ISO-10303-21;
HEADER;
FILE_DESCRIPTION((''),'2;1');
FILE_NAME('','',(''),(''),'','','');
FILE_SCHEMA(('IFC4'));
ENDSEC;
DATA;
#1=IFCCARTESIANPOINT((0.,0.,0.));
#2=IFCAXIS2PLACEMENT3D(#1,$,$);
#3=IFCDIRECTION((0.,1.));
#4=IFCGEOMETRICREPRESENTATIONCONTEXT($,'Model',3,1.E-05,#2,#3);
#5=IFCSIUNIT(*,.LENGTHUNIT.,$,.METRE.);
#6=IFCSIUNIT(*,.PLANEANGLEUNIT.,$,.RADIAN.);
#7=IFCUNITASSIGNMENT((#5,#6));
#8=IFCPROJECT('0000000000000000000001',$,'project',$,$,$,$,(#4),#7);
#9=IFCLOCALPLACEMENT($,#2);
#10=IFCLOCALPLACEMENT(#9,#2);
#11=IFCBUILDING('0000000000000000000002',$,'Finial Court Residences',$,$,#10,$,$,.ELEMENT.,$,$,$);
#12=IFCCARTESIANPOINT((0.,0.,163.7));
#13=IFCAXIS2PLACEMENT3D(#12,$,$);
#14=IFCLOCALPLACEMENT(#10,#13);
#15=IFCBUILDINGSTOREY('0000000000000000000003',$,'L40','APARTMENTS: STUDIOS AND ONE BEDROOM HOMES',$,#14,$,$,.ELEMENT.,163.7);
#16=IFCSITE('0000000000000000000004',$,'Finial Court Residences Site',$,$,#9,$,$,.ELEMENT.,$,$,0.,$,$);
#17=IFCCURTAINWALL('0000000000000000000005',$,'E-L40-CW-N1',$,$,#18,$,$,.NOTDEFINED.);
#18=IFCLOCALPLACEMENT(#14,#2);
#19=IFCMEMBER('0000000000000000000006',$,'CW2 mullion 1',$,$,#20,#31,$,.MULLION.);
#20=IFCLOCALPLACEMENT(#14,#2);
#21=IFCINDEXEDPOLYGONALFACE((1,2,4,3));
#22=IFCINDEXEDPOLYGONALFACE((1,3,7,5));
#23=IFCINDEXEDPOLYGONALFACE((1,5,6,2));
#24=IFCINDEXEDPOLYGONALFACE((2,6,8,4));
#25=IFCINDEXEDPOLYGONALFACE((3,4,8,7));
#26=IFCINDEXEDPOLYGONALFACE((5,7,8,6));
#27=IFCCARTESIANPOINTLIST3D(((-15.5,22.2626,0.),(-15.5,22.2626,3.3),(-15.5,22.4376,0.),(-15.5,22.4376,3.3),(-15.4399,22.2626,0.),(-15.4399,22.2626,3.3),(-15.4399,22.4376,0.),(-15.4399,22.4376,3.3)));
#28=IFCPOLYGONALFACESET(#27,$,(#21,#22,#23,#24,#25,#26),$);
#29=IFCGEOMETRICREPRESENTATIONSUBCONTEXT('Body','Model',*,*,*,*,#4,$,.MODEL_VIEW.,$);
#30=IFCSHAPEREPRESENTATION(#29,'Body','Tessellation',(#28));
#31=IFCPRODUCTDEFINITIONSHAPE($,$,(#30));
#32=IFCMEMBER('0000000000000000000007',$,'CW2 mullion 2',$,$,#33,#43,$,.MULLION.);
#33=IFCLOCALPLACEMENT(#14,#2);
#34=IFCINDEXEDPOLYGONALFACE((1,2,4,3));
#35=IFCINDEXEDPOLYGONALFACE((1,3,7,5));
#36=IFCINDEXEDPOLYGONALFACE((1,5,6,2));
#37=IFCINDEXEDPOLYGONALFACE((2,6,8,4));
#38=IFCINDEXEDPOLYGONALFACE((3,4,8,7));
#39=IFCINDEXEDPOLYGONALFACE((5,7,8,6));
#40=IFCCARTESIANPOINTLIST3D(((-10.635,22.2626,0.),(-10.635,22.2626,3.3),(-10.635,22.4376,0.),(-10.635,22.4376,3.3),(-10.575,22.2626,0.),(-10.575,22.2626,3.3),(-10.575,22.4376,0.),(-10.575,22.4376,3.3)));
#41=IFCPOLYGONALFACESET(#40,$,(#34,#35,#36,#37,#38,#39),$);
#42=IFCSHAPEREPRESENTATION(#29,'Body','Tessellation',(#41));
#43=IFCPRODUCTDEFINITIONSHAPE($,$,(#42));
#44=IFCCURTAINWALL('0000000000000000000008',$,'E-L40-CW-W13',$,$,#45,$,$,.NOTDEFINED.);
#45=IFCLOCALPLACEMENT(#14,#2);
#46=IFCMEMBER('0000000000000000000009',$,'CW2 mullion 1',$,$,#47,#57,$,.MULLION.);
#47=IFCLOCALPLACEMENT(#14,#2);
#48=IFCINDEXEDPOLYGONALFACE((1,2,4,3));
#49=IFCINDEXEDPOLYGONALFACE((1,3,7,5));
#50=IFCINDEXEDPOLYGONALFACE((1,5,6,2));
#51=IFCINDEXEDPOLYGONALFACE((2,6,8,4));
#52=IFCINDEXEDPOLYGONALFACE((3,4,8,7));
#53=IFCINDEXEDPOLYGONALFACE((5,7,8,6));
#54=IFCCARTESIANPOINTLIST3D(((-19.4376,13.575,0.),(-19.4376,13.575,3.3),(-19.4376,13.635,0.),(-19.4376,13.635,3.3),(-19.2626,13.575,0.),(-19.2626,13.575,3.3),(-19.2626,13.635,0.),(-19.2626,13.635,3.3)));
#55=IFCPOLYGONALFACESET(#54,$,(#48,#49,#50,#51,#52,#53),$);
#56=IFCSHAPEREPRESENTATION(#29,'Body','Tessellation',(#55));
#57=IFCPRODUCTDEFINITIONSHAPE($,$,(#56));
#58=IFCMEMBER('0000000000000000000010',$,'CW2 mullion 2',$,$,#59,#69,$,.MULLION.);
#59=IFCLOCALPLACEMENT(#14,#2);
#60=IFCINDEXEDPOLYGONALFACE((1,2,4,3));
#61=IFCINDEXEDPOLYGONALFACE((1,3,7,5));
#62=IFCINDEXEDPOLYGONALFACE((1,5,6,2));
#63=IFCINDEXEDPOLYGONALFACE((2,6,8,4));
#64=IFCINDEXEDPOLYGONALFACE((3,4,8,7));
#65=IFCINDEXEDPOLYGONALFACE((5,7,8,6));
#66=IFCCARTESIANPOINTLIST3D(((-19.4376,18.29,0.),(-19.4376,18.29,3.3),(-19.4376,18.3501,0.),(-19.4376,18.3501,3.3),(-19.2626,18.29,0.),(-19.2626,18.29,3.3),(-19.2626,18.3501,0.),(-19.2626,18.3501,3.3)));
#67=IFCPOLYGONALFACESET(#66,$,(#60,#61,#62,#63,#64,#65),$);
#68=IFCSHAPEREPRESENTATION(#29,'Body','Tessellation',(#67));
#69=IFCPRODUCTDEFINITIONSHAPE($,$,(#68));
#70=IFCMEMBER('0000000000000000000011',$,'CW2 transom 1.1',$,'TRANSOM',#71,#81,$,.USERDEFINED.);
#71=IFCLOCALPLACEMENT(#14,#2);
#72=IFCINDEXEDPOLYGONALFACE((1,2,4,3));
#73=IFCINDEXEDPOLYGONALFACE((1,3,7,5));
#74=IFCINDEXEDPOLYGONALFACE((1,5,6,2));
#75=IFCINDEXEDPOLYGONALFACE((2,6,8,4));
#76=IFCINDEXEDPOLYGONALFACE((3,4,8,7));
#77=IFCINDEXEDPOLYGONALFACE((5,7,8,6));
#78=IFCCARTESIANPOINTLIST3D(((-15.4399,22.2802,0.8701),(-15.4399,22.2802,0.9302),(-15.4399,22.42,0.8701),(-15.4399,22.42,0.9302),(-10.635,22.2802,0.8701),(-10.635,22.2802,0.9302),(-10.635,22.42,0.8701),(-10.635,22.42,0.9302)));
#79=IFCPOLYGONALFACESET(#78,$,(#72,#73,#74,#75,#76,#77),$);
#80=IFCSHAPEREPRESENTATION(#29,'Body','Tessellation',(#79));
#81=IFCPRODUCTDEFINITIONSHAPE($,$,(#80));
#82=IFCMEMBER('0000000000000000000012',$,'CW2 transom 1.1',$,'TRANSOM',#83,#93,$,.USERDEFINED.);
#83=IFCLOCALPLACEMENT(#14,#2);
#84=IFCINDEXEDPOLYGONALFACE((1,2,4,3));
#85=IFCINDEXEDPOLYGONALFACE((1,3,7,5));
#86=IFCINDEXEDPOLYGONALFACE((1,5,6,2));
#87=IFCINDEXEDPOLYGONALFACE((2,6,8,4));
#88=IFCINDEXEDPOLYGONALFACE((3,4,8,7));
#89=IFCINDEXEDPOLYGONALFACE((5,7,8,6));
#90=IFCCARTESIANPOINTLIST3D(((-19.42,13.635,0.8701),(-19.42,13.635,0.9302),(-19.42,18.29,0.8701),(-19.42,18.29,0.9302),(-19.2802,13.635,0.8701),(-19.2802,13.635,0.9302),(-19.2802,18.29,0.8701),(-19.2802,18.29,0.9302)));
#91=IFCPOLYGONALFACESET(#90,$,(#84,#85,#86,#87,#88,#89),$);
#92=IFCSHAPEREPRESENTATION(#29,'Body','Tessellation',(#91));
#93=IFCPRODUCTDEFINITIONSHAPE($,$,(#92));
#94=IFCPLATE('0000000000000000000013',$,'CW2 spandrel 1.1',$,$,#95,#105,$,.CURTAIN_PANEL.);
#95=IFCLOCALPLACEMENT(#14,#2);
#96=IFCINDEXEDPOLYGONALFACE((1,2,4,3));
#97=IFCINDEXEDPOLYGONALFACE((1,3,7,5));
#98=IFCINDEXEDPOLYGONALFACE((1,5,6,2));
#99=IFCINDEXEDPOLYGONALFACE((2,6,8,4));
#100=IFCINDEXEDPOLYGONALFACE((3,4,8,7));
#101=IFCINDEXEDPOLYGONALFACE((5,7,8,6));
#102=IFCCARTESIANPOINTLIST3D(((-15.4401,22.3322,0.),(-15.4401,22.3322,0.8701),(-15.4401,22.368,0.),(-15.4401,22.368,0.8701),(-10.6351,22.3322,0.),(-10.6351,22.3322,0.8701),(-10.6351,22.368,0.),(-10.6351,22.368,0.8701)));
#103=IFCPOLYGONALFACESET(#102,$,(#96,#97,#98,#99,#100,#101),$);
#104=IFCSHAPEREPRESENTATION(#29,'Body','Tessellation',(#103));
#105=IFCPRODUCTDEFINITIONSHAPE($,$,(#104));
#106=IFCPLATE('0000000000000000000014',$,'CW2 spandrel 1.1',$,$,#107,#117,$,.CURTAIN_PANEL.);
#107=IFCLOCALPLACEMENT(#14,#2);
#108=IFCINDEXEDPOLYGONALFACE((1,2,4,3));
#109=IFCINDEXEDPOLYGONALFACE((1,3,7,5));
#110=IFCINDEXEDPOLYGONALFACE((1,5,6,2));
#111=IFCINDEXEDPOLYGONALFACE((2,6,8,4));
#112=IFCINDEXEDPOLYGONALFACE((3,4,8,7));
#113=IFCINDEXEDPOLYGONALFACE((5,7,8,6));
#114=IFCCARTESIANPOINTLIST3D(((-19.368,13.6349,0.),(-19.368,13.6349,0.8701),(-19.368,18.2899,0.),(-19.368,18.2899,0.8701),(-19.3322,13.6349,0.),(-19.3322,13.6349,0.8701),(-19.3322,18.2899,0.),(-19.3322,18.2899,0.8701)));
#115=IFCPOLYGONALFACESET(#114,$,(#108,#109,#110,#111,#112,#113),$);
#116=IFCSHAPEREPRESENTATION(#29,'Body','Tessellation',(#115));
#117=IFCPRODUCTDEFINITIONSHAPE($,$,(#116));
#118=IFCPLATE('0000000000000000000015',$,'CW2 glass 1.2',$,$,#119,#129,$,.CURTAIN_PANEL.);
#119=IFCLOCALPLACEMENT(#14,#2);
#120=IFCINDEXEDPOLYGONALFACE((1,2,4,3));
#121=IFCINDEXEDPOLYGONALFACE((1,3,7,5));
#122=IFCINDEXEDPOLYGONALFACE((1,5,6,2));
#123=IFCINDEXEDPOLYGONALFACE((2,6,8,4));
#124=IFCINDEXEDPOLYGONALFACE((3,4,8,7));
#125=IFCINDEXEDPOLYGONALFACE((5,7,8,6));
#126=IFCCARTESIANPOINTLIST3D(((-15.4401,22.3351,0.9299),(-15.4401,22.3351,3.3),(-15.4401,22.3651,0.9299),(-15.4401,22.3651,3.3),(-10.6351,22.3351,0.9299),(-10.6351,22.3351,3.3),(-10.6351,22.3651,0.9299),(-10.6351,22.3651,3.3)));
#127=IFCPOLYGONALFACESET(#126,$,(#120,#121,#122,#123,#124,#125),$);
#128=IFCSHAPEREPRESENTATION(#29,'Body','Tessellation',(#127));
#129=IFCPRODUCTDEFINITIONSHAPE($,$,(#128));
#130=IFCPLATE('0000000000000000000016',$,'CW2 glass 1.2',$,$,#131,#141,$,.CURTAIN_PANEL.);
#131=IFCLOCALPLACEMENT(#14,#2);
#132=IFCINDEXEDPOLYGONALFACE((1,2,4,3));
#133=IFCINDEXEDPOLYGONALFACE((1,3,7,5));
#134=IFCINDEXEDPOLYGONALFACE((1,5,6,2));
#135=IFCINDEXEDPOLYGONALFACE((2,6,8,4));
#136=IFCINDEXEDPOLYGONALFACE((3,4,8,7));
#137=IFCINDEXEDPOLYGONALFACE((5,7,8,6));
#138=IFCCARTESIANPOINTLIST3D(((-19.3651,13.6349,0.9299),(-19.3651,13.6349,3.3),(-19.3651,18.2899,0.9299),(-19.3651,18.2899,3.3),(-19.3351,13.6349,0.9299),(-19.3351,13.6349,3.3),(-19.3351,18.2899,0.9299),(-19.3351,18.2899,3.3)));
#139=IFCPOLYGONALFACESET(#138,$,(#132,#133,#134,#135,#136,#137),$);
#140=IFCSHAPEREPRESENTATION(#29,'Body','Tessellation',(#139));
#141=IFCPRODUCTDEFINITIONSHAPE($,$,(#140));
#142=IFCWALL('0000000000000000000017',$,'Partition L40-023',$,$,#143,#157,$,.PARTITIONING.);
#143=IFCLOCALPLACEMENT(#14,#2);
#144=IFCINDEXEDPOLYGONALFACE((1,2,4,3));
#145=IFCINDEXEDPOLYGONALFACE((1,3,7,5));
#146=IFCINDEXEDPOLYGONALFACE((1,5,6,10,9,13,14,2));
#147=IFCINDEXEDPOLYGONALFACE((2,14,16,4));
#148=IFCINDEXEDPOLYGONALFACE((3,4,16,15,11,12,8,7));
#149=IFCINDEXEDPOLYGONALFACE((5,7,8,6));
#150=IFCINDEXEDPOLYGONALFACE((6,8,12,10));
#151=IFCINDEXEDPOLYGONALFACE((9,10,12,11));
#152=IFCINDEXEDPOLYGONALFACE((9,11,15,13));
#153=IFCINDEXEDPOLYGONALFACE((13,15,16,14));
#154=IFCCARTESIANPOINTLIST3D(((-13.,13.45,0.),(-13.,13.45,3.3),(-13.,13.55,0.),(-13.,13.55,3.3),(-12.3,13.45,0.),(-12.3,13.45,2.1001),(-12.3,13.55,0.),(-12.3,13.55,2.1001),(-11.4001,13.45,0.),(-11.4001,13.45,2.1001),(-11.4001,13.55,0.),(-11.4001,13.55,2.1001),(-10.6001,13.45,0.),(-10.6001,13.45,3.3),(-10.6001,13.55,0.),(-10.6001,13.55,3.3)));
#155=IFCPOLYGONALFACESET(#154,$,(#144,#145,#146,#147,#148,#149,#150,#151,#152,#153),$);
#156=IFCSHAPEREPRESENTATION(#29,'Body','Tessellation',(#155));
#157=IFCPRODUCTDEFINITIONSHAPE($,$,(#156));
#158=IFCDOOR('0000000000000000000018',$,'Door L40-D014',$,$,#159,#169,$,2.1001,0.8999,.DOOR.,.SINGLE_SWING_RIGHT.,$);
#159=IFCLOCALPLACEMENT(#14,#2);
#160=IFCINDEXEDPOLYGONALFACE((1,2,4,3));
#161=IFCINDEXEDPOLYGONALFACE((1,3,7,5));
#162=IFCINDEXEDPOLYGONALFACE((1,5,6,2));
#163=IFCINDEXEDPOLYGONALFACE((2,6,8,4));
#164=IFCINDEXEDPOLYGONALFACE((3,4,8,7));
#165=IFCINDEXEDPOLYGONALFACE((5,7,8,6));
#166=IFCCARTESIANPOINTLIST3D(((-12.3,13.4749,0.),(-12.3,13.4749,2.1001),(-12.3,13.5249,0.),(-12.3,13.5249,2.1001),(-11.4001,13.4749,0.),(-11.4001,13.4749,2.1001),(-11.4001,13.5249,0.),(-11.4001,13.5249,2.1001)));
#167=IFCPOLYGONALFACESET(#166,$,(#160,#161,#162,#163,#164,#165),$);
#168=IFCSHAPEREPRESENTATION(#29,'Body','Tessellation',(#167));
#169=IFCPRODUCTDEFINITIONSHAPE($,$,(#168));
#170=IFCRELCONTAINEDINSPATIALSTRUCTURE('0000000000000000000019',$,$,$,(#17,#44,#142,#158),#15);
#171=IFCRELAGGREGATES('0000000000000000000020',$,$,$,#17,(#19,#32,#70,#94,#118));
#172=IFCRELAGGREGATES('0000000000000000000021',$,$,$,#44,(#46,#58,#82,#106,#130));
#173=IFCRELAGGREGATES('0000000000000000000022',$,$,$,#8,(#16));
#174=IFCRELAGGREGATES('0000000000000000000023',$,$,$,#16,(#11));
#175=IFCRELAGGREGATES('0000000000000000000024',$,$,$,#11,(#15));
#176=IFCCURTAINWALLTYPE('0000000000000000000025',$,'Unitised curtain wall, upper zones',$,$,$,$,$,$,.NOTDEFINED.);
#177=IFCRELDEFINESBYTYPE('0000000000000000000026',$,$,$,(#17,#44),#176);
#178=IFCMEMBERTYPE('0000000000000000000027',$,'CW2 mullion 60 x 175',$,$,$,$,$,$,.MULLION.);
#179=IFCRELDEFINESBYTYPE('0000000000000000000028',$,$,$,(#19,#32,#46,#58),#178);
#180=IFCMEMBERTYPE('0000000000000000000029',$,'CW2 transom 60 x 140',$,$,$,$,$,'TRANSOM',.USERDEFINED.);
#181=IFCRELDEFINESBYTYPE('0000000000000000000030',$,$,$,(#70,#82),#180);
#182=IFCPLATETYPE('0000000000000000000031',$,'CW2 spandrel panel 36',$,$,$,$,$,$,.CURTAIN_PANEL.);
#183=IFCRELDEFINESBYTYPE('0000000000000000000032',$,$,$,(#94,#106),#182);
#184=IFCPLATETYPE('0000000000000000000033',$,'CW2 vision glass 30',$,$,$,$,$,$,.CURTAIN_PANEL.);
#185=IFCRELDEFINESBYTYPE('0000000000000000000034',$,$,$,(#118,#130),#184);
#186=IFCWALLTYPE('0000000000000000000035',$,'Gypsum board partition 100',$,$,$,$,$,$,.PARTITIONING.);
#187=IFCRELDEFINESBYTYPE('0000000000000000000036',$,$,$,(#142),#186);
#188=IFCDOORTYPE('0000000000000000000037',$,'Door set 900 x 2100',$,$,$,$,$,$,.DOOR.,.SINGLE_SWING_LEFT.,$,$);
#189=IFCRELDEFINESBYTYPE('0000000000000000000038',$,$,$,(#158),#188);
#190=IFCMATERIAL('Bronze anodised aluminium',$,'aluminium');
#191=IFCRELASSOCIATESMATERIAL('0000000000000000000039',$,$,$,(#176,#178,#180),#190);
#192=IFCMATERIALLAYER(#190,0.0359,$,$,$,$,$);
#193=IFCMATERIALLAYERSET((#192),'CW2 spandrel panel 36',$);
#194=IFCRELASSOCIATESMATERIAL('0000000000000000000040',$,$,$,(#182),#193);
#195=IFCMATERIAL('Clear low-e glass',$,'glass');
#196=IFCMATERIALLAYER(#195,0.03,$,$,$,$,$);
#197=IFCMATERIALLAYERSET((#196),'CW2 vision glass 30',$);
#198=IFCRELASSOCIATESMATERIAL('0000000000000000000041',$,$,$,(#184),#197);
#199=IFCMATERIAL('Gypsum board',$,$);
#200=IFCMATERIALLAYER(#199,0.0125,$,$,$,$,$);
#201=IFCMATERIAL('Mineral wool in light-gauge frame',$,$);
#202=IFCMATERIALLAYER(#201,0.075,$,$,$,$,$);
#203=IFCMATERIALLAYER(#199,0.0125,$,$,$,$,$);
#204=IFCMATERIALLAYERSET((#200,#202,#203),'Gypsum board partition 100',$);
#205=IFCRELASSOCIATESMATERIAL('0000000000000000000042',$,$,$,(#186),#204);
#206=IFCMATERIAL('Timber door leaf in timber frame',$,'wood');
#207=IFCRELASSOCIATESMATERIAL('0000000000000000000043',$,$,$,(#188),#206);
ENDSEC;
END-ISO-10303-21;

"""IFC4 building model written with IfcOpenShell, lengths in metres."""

from ifc_helpers import new_model, si_unit, direction, frame, frame_2d, origin, origin_2d, place, context, subcontext, project, spatial, rectangle, extrude, material, layer, layer_set, material_profile, profile_set, type_object, element, fill, aggregate, save


model = new_model("IFC4")

# Units and contexts
model_context = context("Model", 3, precision=1e-05, world=origin(), true_north=direction((0.0, 1.0)))
body_context = subcontext(model_context, "Body", "Model", "MODEL_VIEW")
ifc_project = project(units=[si_unit("LENGTHUNIT", "METRE"), si_unit("PLANEANGLEUNIT", "RADIAN")], contexts=[model_context])

# Site, building, storey
site_placement = place(None, origin())
site = spatial("IfcSite", under=ifc_project, at=site_placement, Name="Finial Court Residences Site", CompositionType="ELEMENT", RefElevation=0.0)
building_placement = place(site_placement, origin())
building = spatial("IfcBuilding", under=site, at=building_placement, Name="Finial Court Residences", CompositionType="ELEMENT")
storey_placement = place(building_placement, frame((0.0, 0.0, 163.7)))
storey = spatial("IfcBuildingStorey", under=building, at=storey_placement, Name="L40", Description="APARTMENTS: STUDIOS AND ONE BEDROOM HOMES", CompositionType="ELEMENT", Elevation=163.7)

# Curtain walls, members
ifc_material_1 = material(Name="Bronze anodised aluminium", Category="aluminium")
curtain_wall_type = type_object("IfcCurtainWallType", Name="Unitised curtain wall, upper zones", PredefinedType="NOTDEFINED", material=ifc_material_1)
curtain_wall_1_placement = place(storey_placement, origin())
curtain_wall_1 = element("IfcCurtainWall", 1, at=curtain_wall_1_placement, inside=storey, type_object=curtain_wall_type, Name="E-L40-CW-N1", PredefinedType="NOTDEFINED")
ifc_material_profile_1 = material_profile(ifc_material_1, rectangle(XDim=0.175, YDim=0.0601, at=origin_2d()), Name="CW2 mullion 60 x 175")
ifc_profile_set_1 = profile_set([ifc_material_profile_1], Name="Bronze anodised aluminium")
member_type_1 = type_object("IfcMemberType", Name="CW2 mullion 60 x 175", PredefinedType="MULLION", material=ifc_profile_set_1)
member_1_placement = place(storey_placement, frame((-15.47, 22.3501, 0.0), z_axis=(0.0, 0.0, 1.0), x_axis=(0.0, 1.0, 0.0)))
member_1 = element("IfcMember", 2, at=member_1_placement, type_object=member_type_1, Name="CW2 mullion 1", PredefinedType="MULLION", context=body_context, shape_type="SweptSolid", body=[
    extrude(rectangle(XDim=0.175, YDim=0.0601, at=origin_2d()), origin(), (0.0, 0.0, 1.0), 3.3),
])
member_2_placement = place(storey_placement, frame((-10.605, 22.3501, 0.0), z_axis=(0.0, 0.0, 1.0), x_axis=(0.0, 1.0, 0.0)))
member_2 = element("IfcMember", 3, at=member_2_placement, type_object=member_type_1, Name="CW2 mullion 2", PredefinedType="MULLION", context=body_context, shape_type="SweptSolid", body=[
    extrude(rectangle(XDim=0.175, YDim=0.0601, at=origin_2d()), origin(), (0.0, 0.0, 1.0), 3.3),
])
curtain_wall_2_placement = place(storey_placement, origin())
curtain_wall_2 = element("IfcCurtainWall", 4, at=curtain_wall_2_placement, inside=storey, type_object=curtain_wall_type, Name="E-L40-CW-W13", PredefinedType="NOTDEFINED")
member_3_placement = place(storey_placement, frame((-19.3501, 13.605, 0.0), z_axis=(0.0, 0.0, 1.0), x_axis=(-1.0, 0.0, 0.0)))
member_3 = element("IfcMember", 5, at=member_3_placement, type_object=member_type_1, Name="CW2 mullion 1", PredefinedType="MULLION", context=body_context, shape_type="SweptSolid", body=[
    extrude(rectangle(XDim=0.175, YDim=0.0601, at=origin_2d()), origin(), (0.0, 0.0, 1.0), 3.3),
])
member_4_placement = place(storey_placement, frame((-19.3501, 18.3201, 0.0), z_axis=(0.0, 0.0, 1.0), x_axis=(-1.0, 0.0, 0.0)))
member_4 = element("IfcMember", 6, at=member_4_placement, type_object=member_type_1, Name="CW2 mullion 2", PredefinedType="MULLION", context=body_context, shape_type="SweptSolid", body=[
    extrude(rectangle(XDim=0.175, YDim=0.0601, at=origin_2d()), origin(), (0.0, 0.0, 1.0), 3.3),
])

# Members
ifc_material_profile_2 = material_profile(ifc_material_1, rectangle(XDim=0.1399, YDim=0.0601, at=origin_2d()), Name="CW2 transom 60 x 140")
ifc_profile_set_2 = profile_set([ifc_material_profile_2], Name="Bronze anodised aluminium")
member_type_2 = type_object("IfcMemberType", Name="CW2 transom 60 x 140", ElementType="TRANSOM", PredefinedType="USERDEFINED", material=ifc_profile_set_2)
member_5_placement = place(storey_placement, frame((-15.4399, 22.3501, 0.9001), z_axis=(1.0, 0.0, 0.0), x_axis=(0.0, 1.0, 0.0)))
member_5 = element("IfcMember", 7, at=member_5_placement, type_object=member_type_2, Name="CW2 transom 1.1", ObjectType="TRANSOM", PredefinedType="USERDEFINED", context=body_context, shape_type="SweptSolid", body=[
    extrude(rectangle(XDim=0.1399, YDim=0.0601, at=origin_2d()), origin(), (0.0, 0.0, 1.0), 4.8049),
])
member_6_placement = place(storey_placement, frame((-19.3501, 13.635, 0.9001), z_axis=(0.0, 1.0, 0.0), x_axis=(-1.0, 0.0, 0.0)))
member_6 = element("IfcMember", 8, at=member_6_placement, type_object=member_type_2, Name="CW2 transom 1.1", ObjectType="TRANSOM", PredefinedType="USERDEFINED", context=body_context, shape_type="SweptSolid", body=[
    extrude(rectangle(XDim=0.1399, YDim=0.0601, at=origin_2d()), origin(), (0.0, 0.0, 1.0), 4.655),
])

# Plates
ifc_layer_1 = layer(ifc_material_1, 0.0359)
ifc_layer_set_1 = layer_set([ifc_layer_1], Name="CW2 spandrel panel 36")
plate_type_1 = type_object("IfcPlateType", Name="CW2 spandrel panel 36", PredefinedType="CURTAIN_PANEL", material=ifc_layer_set_1)
plate_1_placement = place(storey_placement, frame((-13.0376, 22.3501, 0.0), z_axis=(0.0, 0.0, 1.0), x_axis=(1.0, 0.0, 0.0)))
plate_1 = element("IfcPlate", 9, at=plate_1_placement, type_object=plate_type_1, Name="CW2 spandrel 1.1", PredefinedType="CURTAIN_PANEL", context=body_context, shape_type="SweptSolid", body=[
    extrude(rectangle(XDim=4.8049, YDim=0.0359, at=origin_2d()), origin(), (0.0, 0.0, 1.0), 0.8701),
])
plate_2_placement = place(storey_placement, frame((-19.3501, 15.9624, 0.0), z_axis=(0.0, 0.0, 1.0), x_axis=(0.0, 1.0, 0.0)))
plate_2 = element("IfcPlate", 10, at=plate_2_placement, type_object=plate_type_1, Name="CW2 spandrel 1.1", PredefinedType="CURTAIN_PANEL", context=body_context, shape_type="SweptSolid", body=[
    extrude(rectangle(XDim=4.655, YDim=0.0359, at=origin_2d()), origin(), (0.0, 0.0, 1.0), 0.8701),
])
ifc_material_2 = material(Name="Clear low-e glass", Category="glass")
ifc_layer_2 = layer(ifc_material_2, 0.03)
ifc_layer_set_2 = layer_set([ifc_layer_2], Name="CW2 vision glass 30")
plate_type_2 = type_object("IfcPlateType", Name="CW2 vision glass 30", PredefinedType="CURTAIN_PANEL", material=ifc_layer_set_2)
plate_3_placement = place(storey_placement, frame((-13.0376, 22.3501, 0.9299), z_axis=(0.0, 0.0, 1.0), x_axis=(1.0, 0.0, 0.0)))
plate_3 = element("IfcPlate", 11, at=plate_3_placement, type_object=plate_type_2, Name="CW2 glass 1.2", PredefinedType="CURTAIN_PANEL", context=body_context, shape_type="SweptSolid", body=[
    extrude(rectangle(XDim=4.8049, YDim=0.03, at=origin_2d()), origin(), (0.0, 0.0, 1.0), 2.3701),
])
aggregate(curtain_wall_1, [member_1, member_2, member_5, plate_1, plate_3])
plate_4_placement = place(storey_placement, frame((-19.3501, 15.9624, 0.9299), z_axis=(0.0, 0.0, 1.0), x_axis=(0.0, 1.0, 0.0)))
plate_4 = element("IfcPlate", 12, at=plate_4_placement, type_object=plate_type_2, Name="CW2 glass 1.2", PredefinedType="CURTAIN_PANEL", context=body_context, shape_type="SweptSolid", body=[
    extrude(rectangle(XDim=4.655, YDim=0.03, at=origin_2d()), origin(), (0.0, 0.0, 1.0), 2.3701),
])
aggregate(curtain_wall_2, [member_3, member_4, member_6, plate_2, plate_4])

# Wall, opening, door
ifc_material_3 = material(Name="Gypsum board")
ifc_layer_3 = layer(ifc_material_3, 0.0125)
ifc_material_4 = material(Name="Mineral wool in light-gauge frame")
ifc_layer_4 = layer(ifc_material_4, 0.075)
ifc_layer_5 = layer(ifc_material_3, 0.0125)
ifc_layer_set_3 = layer_set([ifc_layer_3, ifc_layer_4, ifc_layer_5], Name="Gypsum board partition 100")
wall_type_1 = type_object("IfcWallType", Name="Gypsum board partition 100", PredefinedType="PARTITIONING", material=ifc_layer_set_3)
wall_1_placement = place(storey_placement, frame((-13.0, 13.5, 0.0), z_axis=(0.0, 0.0, 1.0), x_axis=(1.0, 0.0, 0.0)))
wall_1 = element("IfcWall", 13, at=wall_1_placement, inside=storey, type_object=wall_type_1, Name="Partition L40-023", PredefinedType="PARTITIONING", context=body_context, shape_type="SweptSolid", body=[
    extrude(rectangle(XDim=2.3999, YDim=0.1001, at=frame_2d((1.2, 0.0))), origin(), (0.0, 0.0, 1.0), 3.3),
])
opening_1_placement = place(wall_1_placement, frame((0.7, 0.0, 0.0)))
opening_1 = element("IfcOpeningElement", 14, at=opening_1_placement, cuts=wall_1, PredefinedType="OPENING", context=body_context, shape_type="SweptSolid", body=[
    extrude(rectangle(XDim=0.8999, YDim=2.1001, at=frame_2d((0.45, 1.05))), frame((0.0, 0.0601, 0.0), z_axis=(0.0, -1.0, 0.0), x_axis=(1.0, 0.0, 0.0)), (0.0, 0.0, 1.0), 0.1201),
])
ifc_material_5 = material(Name="Timber door leaf in timber frame", Category="wood")
door_type = type_object("IfcDoorType", Name="Door set 900 x 2100", OperationType="SINGLE_SWING_LEFT", PredefinedType="DOOR", material=ifc_material_5)
door_placement = place(opening_1_placement, origin())
door = element("IfcDoor", 15, at=door_placement, inside=storey, type_object=door_type, Name="Door L40-D014", OperationType="SINGLE_SWING_RIGHT", OverallHeight=2.1001, OverallWidth=0.8999, PredefinedType="DOOR", context=body_context, shape_type="SweptSolid", body=[
    extrude(rectangle(XDim=0.8999, YDim=2.1001, at=frame_2d((0.45, 1.05))), frame((0.0, 0.0249, 0.0), z_axis=(0.0, -1.0, 0.0), x_axis=(1.0, 0.0, 0.0)), (0.0, 0.0, 1.0), 0.05),
])
fill(opening_1, door)

save(model, "model.ifc")
